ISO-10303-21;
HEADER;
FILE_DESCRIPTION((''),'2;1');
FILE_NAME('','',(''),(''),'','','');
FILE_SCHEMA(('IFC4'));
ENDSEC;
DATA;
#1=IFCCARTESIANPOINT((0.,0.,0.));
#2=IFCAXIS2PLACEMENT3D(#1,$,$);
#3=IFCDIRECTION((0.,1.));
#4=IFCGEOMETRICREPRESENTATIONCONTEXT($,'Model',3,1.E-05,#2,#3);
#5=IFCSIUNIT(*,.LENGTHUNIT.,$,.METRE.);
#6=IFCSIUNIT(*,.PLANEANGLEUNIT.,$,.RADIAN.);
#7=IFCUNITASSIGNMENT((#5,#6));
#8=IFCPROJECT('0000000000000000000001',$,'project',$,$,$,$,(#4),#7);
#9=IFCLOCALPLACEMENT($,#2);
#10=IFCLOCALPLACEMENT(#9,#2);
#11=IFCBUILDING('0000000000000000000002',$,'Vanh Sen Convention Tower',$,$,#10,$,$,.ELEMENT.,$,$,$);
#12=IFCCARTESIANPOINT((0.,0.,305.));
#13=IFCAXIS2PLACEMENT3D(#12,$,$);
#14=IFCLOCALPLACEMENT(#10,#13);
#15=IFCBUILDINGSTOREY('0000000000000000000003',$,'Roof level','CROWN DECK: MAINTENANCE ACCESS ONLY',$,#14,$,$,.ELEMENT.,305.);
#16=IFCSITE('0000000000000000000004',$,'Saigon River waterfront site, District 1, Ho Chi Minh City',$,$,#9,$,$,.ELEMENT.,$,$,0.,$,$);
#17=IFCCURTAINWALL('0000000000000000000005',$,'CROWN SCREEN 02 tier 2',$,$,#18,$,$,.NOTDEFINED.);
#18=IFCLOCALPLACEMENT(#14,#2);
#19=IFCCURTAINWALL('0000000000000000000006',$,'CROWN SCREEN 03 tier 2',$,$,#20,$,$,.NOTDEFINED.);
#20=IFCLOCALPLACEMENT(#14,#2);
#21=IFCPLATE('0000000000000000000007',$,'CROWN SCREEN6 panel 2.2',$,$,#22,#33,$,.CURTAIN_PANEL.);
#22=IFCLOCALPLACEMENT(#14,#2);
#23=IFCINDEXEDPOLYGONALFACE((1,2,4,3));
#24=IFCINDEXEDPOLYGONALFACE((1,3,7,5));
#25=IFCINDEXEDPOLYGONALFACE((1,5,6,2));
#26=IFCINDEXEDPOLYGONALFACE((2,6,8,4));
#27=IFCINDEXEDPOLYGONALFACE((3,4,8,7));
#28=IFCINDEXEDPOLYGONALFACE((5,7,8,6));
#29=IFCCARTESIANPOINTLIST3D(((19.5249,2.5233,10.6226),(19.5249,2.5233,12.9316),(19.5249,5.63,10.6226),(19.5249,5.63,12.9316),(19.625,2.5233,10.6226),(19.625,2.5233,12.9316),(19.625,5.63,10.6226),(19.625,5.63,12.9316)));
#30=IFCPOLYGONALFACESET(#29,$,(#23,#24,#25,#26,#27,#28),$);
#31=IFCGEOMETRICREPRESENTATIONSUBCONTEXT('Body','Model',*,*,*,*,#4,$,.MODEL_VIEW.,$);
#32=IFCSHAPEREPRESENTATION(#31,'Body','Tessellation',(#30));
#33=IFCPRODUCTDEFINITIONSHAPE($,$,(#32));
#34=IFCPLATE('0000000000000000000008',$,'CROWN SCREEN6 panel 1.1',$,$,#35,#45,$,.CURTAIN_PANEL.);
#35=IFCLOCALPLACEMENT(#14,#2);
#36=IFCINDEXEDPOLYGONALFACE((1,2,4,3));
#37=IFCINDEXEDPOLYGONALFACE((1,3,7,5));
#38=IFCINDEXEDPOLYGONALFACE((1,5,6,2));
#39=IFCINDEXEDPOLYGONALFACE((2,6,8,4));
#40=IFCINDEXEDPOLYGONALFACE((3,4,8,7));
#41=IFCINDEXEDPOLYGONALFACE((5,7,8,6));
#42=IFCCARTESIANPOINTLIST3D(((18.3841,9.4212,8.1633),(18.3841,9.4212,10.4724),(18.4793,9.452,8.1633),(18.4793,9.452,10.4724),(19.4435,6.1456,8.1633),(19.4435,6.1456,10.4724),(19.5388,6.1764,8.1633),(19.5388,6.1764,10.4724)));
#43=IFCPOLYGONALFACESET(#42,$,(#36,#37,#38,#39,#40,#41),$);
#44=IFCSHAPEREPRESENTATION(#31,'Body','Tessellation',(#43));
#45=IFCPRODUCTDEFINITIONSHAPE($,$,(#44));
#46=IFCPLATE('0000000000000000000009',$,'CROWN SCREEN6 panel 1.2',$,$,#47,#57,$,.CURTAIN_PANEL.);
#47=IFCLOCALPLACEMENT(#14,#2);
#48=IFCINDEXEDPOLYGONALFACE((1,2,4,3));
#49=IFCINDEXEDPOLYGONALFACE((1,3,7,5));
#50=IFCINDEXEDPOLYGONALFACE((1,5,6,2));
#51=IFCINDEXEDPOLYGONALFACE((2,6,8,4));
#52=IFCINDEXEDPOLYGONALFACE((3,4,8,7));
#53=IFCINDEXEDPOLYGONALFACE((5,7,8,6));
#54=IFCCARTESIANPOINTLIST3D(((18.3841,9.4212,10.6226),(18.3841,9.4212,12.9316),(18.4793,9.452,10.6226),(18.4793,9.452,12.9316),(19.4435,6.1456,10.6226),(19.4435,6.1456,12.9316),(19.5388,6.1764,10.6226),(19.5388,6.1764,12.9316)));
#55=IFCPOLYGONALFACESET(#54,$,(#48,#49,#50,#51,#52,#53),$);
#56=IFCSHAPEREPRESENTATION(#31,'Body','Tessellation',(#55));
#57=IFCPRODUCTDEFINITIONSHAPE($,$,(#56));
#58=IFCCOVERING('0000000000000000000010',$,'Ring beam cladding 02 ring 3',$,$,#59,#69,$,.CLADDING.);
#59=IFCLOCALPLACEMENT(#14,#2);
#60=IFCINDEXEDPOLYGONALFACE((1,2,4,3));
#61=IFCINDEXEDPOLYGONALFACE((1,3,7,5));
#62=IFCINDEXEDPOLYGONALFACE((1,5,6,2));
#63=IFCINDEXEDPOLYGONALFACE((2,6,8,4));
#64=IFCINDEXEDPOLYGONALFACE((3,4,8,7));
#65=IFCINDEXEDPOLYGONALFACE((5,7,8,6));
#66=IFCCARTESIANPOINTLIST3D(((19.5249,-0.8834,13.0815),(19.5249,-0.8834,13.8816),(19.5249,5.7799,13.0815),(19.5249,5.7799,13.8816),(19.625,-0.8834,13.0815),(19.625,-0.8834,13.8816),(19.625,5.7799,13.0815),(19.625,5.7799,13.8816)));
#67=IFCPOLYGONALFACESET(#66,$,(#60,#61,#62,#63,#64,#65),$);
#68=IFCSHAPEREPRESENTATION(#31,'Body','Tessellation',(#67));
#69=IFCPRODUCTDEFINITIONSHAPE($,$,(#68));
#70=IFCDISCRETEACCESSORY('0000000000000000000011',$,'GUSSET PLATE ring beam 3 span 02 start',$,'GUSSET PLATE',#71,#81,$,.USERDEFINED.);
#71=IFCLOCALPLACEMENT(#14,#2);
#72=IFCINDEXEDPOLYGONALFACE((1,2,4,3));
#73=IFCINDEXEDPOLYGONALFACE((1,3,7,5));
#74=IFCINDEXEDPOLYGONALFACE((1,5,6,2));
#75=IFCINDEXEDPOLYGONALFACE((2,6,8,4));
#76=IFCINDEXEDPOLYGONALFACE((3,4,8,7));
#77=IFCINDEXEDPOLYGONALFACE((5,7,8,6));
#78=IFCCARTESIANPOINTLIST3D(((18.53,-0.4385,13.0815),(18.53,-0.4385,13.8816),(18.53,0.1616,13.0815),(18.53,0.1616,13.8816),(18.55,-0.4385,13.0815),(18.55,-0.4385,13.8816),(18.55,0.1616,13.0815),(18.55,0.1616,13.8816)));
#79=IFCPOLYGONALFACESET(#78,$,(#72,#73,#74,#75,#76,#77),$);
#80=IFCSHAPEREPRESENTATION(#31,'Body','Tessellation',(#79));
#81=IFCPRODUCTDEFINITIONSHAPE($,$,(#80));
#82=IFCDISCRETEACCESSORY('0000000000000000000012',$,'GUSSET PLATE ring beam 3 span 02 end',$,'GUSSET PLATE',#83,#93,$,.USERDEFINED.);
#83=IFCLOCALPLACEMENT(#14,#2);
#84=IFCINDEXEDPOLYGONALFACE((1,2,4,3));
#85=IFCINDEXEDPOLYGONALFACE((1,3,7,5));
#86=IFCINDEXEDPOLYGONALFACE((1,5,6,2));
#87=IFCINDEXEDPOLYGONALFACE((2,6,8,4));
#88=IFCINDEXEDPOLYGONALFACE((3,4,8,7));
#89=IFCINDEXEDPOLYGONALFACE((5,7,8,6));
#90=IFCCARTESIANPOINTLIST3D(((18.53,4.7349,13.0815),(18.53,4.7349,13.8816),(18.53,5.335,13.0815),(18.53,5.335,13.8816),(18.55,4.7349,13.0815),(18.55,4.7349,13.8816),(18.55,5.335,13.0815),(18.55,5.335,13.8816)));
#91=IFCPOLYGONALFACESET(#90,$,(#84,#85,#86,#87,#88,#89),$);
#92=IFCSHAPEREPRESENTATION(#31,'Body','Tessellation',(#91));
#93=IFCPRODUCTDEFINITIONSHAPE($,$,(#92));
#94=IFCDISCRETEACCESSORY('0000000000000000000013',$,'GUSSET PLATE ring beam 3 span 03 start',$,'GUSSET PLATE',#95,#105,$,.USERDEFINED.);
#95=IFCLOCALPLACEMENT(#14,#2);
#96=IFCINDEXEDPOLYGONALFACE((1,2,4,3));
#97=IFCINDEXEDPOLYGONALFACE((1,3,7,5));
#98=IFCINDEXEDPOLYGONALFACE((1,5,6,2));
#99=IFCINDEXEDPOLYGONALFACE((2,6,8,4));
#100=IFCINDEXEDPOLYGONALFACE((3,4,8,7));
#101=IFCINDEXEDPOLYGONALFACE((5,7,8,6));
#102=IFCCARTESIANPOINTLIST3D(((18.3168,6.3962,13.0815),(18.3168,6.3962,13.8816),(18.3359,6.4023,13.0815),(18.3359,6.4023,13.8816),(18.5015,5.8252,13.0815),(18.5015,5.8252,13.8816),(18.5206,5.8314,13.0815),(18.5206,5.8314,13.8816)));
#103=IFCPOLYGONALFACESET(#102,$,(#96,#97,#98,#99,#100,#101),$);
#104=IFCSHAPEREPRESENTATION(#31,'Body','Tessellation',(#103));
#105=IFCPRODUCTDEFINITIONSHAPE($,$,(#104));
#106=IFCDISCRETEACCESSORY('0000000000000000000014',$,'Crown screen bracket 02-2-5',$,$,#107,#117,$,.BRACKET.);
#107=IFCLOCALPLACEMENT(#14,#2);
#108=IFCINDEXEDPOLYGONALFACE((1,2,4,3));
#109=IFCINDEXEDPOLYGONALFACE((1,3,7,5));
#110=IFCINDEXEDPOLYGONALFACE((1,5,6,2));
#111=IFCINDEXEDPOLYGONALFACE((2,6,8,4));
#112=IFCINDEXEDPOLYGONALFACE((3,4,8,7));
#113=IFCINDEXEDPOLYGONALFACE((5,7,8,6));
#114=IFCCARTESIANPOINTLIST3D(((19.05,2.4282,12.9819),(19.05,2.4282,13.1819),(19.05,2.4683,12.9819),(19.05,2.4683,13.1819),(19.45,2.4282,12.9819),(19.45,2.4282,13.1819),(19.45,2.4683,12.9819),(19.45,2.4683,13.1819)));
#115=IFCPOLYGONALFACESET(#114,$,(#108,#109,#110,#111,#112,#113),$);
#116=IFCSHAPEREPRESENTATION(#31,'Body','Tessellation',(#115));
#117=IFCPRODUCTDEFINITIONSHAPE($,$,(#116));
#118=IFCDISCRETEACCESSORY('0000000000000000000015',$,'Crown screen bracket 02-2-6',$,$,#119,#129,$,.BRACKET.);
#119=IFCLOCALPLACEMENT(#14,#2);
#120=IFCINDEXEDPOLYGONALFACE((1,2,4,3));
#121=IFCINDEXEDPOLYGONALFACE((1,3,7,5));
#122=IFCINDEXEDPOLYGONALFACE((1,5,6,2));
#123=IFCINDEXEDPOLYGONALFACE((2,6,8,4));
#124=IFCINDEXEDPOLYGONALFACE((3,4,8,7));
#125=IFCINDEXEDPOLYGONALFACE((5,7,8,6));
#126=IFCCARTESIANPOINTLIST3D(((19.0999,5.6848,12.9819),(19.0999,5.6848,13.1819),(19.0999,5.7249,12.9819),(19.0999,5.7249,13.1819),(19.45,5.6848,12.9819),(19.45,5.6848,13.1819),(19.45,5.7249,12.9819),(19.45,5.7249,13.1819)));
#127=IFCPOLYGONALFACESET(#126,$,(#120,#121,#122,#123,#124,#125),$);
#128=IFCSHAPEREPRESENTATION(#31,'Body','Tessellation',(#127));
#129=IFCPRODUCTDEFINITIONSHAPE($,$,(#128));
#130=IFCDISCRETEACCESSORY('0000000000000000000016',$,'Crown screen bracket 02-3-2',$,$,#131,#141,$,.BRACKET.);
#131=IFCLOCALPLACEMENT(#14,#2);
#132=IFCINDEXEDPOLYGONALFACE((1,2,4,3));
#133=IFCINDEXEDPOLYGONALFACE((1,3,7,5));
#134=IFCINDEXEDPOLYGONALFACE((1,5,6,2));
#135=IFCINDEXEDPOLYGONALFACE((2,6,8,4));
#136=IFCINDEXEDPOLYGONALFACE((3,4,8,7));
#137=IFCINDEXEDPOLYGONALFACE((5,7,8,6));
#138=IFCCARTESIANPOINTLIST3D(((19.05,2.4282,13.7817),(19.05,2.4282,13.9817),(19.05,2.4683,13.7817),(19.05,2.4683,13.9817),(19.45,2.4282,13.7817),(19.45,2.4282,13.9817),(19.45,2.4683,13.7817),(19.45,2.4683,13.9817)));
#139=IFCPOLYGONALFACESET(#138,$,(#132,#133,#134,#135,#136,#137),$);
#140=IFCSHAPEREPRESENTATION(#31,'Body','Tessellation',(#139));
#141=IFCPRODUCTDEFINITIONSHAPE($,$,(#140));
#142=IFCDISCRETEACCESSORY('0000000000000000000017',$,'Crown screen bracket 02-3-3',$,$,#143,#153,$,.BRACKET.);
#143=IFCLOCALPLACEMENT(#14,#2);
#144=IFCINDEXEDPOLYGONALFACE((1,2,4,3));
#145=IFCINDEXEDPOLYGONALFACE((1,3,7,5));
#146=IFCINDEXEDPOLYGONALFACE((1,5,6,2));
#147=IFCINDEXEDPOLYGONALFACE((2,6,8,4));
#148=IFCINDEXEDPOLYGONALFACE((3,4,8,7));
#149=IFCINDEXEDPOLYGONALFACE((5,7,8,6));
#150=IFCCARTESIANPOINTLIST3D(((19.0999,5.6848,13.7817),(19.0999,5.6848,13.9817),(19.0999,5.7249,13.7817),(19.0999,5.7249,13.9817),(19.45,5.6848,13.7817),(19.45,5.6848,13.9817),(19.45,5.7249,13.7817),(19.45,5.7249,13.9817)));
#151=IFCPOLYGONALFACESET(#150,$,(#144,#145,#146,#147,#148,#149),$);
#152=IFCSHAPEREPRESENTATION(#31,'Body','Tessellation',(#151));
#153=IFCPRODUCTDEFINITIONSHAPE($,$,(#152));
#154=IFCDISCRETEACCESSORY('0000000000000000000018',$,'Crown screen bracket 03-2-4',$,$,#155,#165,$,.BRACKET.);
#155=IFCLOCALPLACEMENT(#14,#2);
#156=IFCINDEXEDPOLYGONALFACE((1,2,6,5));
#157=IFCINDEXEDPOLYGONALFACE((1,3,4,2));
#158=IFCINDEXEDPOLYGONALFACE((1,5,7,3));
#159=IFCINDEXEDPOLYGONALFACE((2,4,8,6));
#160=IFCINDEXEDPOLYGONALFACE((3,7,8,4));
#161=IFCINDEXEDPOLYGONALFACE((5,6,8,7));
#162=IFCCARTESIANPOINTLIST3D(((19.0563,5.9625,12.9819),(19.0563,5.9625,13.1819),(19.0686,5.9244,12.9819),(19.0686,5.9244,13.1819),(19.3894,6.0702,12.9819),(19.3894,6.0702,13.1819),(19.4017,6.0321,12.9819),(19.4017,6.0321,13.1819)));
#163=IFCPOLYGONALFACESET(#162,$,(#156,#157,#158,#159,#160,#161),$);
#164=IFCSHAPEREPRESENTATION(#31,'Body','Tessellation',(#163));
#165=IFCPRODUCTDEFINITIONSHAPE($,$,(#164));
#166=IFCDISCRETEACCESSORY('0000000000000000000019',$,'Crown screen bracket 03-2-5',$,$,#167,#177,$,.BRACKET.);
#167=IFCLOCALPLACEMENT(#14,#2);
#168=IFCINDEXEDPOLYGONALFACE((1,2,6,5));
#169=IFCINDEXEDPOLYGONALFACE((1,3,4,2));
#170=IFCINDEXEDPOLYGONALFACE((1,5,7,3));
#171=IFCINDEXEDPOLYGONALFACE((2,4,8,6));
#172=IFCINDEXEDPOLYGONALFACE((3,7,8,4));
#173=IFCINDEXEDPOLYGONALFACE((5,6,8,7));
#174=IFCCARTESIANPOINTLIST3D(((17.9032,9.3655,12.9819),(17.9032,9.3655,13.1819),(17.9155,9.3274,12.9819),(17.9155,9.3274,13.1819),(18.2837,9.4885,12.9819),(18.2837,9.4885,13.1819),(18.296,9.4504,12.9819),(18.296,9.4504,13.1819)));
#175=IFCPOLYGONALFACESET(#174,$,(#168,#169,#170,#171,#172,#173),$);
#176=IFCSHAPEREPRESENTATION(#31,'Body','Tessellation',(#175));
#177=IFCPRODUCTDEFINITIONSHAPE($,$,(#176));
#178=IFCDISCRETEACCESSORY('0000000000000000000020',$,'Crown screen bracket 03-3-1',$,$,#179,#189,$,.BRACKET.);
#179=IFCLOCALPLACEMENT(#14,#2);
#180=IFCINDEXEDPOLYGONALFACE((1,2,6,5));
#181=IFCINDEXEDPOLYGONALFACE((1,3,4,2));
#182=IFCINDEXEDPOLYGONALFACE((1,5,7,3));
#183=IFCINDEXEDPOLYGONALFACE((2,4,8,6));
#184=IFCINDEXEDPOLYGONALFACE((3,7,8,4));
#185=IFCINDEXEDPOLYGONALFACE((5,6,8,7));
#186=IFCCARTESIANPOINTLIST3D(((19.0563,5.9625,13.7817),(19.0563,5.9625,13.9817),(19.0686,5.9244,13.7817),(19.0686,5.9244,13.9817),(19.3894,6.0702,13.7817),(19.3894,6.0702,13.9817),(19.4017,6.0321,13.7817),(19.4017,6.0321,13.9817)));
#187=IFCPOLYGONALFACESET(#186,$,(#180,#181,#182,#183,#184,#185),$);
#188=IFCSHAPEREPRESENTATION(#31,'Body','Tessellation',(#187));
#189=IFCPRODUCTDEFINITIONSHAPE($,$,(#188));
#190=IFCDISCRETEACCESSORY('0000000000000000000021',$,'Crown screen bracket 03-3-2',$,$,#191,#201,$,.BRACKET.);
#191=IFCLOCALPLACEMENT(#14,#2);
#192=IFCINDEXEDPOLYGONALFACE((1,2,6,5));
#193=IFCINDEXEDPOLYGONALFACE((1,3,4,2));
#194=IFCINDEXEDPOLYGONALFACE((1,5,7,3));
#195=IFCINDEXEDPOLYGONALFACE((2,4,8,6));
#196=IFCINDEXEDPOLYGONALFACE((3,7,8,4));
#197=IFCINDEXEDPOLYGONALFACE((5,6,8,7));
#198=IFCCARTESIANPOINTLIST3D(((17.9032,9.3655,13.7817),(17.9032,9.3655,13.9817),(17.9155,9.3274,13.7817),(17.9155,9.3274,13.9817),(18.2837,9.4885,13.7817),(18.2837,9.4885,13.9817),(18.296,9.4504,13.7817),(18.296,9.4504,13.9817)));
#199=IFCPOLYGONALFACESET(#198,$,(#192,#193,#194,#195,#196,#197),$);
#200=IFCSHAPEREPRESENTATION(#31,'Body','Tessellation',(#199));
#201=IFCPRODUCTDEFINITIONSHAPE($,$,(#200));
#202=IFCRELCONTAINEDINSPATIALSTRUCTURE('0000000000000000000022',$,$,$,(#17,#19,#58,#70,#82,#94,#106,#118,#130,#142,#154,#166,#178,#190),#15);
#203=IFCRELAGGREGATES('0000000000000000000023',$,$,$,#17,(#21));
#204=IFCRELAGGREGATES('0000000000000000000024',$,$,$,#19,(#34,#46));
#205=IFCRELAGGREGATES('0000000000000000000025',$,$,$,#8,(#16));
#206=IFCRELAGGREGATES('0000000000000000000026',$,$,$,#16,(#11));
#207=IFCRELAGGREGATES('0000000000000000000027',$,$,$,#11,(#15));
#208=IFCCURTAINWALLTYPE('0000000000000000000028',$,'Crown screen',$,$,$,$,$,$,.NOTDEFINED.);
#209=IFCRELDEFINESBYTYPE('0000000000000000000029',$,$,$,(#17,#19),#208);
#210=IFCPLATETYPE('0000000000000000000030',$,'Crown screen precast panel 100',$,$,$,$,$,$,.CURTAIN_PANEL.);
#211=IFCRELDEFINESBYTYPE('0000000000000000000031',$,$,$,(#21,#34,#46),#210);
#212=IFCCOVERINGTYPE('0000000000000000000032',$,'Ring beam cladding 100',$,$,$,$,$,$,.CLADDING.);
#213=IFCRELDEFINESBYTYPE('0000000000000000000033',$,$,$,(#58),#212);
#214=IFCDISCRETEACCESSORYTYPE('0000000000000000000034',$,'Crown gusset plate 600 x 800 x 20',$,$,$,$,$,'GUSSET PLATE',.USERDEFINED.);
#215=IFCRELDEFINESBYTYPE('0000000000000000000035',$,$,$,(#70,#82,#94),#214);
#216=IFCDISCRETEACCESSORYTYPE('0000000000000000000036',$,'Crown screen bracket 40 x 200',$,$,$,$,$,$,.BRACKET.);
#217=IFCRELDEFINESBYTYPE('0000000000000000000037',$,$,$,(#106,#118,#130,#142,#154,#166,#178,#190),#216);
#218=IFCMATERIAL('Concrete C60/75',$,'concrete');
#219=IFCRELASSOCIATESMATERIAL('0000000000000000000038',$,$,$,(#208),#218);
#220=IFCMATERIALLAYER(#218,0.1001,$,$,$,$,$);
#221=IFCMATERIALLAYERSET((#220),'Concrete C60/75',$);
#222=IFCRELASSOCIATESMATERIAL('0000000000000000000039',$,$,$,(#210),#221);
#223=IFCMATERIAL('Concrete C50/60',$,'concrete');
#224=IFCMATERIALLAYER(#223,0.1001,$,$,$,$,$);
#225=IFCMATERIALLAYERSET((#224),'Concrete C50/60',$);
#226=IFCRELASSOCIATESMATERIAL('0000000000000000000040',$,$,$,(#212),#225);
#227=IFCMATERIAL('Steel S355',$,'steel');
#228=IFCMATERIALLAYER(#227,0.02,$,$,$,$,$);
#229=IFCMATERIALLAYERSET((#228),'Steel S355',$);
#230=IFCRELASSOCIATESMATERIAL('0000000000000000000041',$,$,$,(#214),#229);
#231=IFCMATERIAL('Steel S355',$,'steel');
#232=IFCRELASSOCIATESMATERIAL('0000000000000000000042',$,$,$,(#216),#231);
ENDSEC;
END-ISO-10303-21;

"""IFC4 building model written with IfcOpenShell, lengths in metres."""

from ifc_helpers import new_model, si_unit, direction, frame, origin, origin_2d, place, context, subcontext, project, spatial, rectangle, extrude, material, layer, layer_set, type_object, element, aggregate, save


model = new_model("IFC4")

# Units and contexts
model_context = context("Model", 3, precision=1e-05, world=origin(), true_north=direction((0.0, 1.0)))
body_context = subcontext(model_context, "Body", "Model", "MODEL_VIEW")
ifc_project = project(units=[si_unit("LENGTHUNIT", "METRE"), si_unit("PLANEANGLEUNIT", "RADIAN")], contexts=[model_context])

# Site, building, storey
site_placement = place(None, origin())
site = spatial("IfcSite", under=ifc_project, at=site_placement, Name="Saigon River waterfront site, District 1, Ho Chi Minh City", CompositionType="ELEMENT", RefElevation=0.0)
building_placement = place(site_placement, origin())
building = spatial("IfcBuilding", under=site, at=building_placement, Name="Vanh Sen Convention Tower", CompositionType="ELEMENT")
storey_placement = place(building_placement, frame((0.0, 0.0, 305.0)))
storey = spatial("IfcBuildingStorey", under=building, at=storey_placement, Name="Roof level", Description="CROWN DECK: MAINTENANCE ACCESS ONLY", CompositionType="ELEMENT", Elevation=305.0)

# Curtain walls
ifc_material_1 = material(Name="Concrete C60/75", Category="concrete")
curtain_wall_type = type_object("IfcCurtainWallType", Name="Crown screen", PredefinedType="NOTDEFINED", material=ifc_material_1)
curtain_wall_1_placement = place(storey_placement, origin())
curtain_wall_1 = element("IfcCurtainWall", 1, at=curtain_wall_1_placement, inside=storey, type_object=curtain_wall_type, Name="CROWN SCREEN 02 tier 2", PredefinedType="NOTDEFINED")
curtain_wall_2_placement = place(storey_placement, origin())
curtain_wall_2 = element("IfcCurtainWall", 2, at=curtain_wall_2_placement, inside=storey, type_object=curtain_wall_type, Name="CROWN SCREEN 03 tier 2", PredefinedType="NOTDEFINED")

# Plates
ifc_layer_1 = layer(ifc_material_1, 0.1001)
ifc_layer_set_1 = layer_set([ifc_layer_1], Name="Concrete C60/75")
plate_type = type_object("IfcPlateType", Name="Crown screen precast panel 100", PredefinedType="CURTAIN_PANEL", material=ifc_layer_set_1)
plate_1_placement = place(storey_placement, frame((19.575, 4.0767, 10.6226), z_axis=(0.0, 0.0, 1.0), x_axis=(0.0, 1.0, 0.0)))
plate_1 = element("IfcPlate", 3, at=plate_1_placement, type_object=plate_type, Name="CROWN SCREEN6 panel 2.2", PredefinedType="CURTAIN_PANEL", context=body_context, shape_type="SweptSolid", body=[
    extrude(rectangle(XDim=3.1067, YDim=0.1001, at=origin_2d()), origin(), (0.0, 0.0, 1.0), 2.3091),
])
aggregate(curtain_wall_1, [plate_1])
plate_2_placement = place(storey_placement, frame((18.9614, 7.7988, 8.1633), z_axis=(0.0, 0.0, 1.0), x_axis=(-0.307733, 0.951473, 0.0)))
plate_2 = element("IfcPlate", 4, at=plate_2_placement, type_object=plate_type, Name="CROWN SCREEN6 panel 1.1", PredefinedType="CURTAIN_PANEL", context=body_context, shape_type="SweptSolid", body=[
    extrude(rectangle(XDim=3.4426, YDim=0.1001, at=origin_2d()), origin(), (0.0, 0.0, 1.0), 2.3091),
])
plate_3_placement = place(storey_placement, frame((18.9614, 7.7988, 10.6226), z_axis=(0.0, 0.0, 1.0), x_axis=(-0.307733, 0.951473, 0.0)))
plate_3 = element("IfcPlate", 5, at=plate_3_placement, type_object=plate_type, Name="CROWN SCREEN6 panel 1.2", PredefinedType="CURTAIN_PANEL", context=body_context, shape_type="SweptSolid", body=[
    extrude(rectangle(XDim=3.4426, YDim=0.1001, at=origin_2d()), origin(), (0.0, 0.0, 1.0), 2.3091),
])
aggregate(curtain_wall_2, [plate_2, plate_3])

# Covering
ifc_material_2 = material(Name="Concrete C50/60", Category="concrete")
ifc_layer_2 = layer(ifc_material_2, 0.1001)
ifc_layer_set_2 = layer_set([ifc_layer_2], Name="Concrete C50/60")
covering_type = type_object("IfcCoveringType", Name="Ring beam cladding 100", PredefinedType="CLADDING", material=ifc_layer_set_2)
covering_placement = place(storey_placement, frame((19.575, 2.4482, 13.0815), z_axis=(0.0, 0.0, 1.0), x_axis=(0.0, 1.0, 0.0)))
element("IfcCovering", 6, at=covering_placement, inside=storey, type_object=covering_type, Name="Ring beam cladding 02 ring 3", PredefinedType="CLADDING", context=body_context, shape_type="SweptSolid", body=[
    extrude(rectangle(XDim=6.6633, YDim=0.1001, at=origin_2d()), origin(), (0.0, 0.0, 1.0), 0.8),
])

# Discrete accessories
ifc_material_3 = material(Name="Steel S355", Category="steel")
ifc_layer_3 = layer(ifc_material_3, 0.02)
ifc_layer_set_3 = layer_set([ifc_layer_3], Name="Steel S355")
discrete_accessory_type_1 = type_object("IfcDiscreteAccessoryType", Name="Crown gusset plate 600 x 800 x 20", ElementType="GUSSET PLATE", PredefinedType="USERDEFINED", material=ifc_layer_set_3)
for number, where, z_axis, x_axis, name in (
    (7, (18.54, -0.1384, 13.0815), (0.0, 0.0, 1.0), (0.0, 1.0, 0.0), "GUSSET PLATE ring beam 3 span 02 start"),
    (8, (18.54, 5.0349, 13.0815), (0.0, 0.0, 1.0), (0.0, -1.0, 0.0), "GUSSET PLATE ring beam 3 span 02 end"),
    (9, (18.4187, 6.1138, 13.0815), (0.0, 0.0, 1.0), (-0.307734, 0.951473, 0.0), "GUSSET PLATE ring beam 3 span 03 start"),
):
    element("IfcDiscreteAccessory", number, at=place(storey_placement, frame(where, z_axis=z_axis, x_axis=x_axis)), inside=storey, type_object=discrete_accessory_type_1, Name=name, ObjectType="GUSSET PLATE", PredefinedType="USERDEFINED", context=body_context, shape_type="SweptSolid", body=[
        extrude(rectangle(XDim=0.6001, YDim=0.02, at=origin_2d()), origin(), (0.0, 0.0, 1.0), 0.8),
    ])
ifc_material_4 = material(Name="Steel S355", Category="steel")
discrete_accessory_type_2 = type_object("IfcDiscreteAccessoryType", Name="Crown screen bracket 40 x 200", PredefinedType="BRACKET", material=ifc_material_4)
discrete_accessory_1_placement = place(storey_placement, frame((19.25, 2.4482, 12.9819), z_axis=(0.0, 0.0, 1.0), x_axis=(1.0, 0.0, 0.0)))
element("IfcDiscreteAccessory", 10, at=discrete_accessory_1_placement, inside=storey, type_object=discrete_accessory_type_2, Name="Crown screen bracket 02-2-5", PredefinedType="BRACKET", context=body_context, shape_type="SweptSolid", body=[
    extrude(rectangle(XDim=0.3999, YDim=0.04, at=origin_2d()), origin(), (0.0, 0.0, 1.0), 0.2),
])
discrete_accessory_2_placement = place(storey_placement, frame((19.2749, 5.7048, 12.9819), z_axis=(0.0, 0.0, 1.0), x_axis=(1.0, 0.0, 0.0)))
element("IfcDiscreteAccessory", 11, at=discrete_accessory_2_placement, inside=storey, type_object=discrete_accessory_type_2, Name="Crown screen bracket 02-2-6", PredefinedType="BRACKET", context=body_context, shape_type="SweptSolid", body=[
    extrude(rectangle(XDim=0.3501, YDim=0.04, at=origin_2d()), origin(), (0.0, 0.0, 1.0), 0.2),
])
discrete_accessory_3_placement = place(storey_placement, frame((19.25, 2.4482, 13.7817), z_axis=(0.0, 0.0, 1.0), x_axis=(1.0, 0.0, 0.0)))
element("IfcDiscreteAccessory", 12, at=discrete_accessory_3_placement, inside=storey, type_object=discrete_accessory_type_2, Name="Crown screen bracket 02-3-2", PredefinedType="BRACKET", context=body_context, shape_type="SweptSolid", body=[
    extrude(rectangle(XDim=0.3999, YDim=0.04, at=origin_2d()), origin(), (0.0, 0.0, 1.0), 0.2),
])
for number, where, z_axis, x_axis, name in (
    (13, (19.2749, 5.7048, 13.7817), (0.0, 0.0, 1.0), (1.0, 0.0, 0.0), "Crown screen bracket 02-3-3"),
    (14, (19.229, 5.9973, 12.9819), (0.0, 0.0, 1.0), (0.951473, 0.307734, 0.0), "Crown screen bracket 03-2-4"),
):
    element("IfcDiscreteAccessory", number, at=place(storey_placement, frame(where, z_axis=z_axis, x_axis=x_axis)), inside=storey, type_object=discrete_accessory_type_2, Name=name, PredefinedType="BRACKET", context=body_context, shape_type="SweptSolid", body=[
        extrude(rectangle(XDim=0.3501, YDim=0.04, at=origin_2d()), origin(), (0.0, 0.0, 1.0), 0.2),
    ])
discrete_accessory_4_placement = place(storey_placement, frame((18.0996, 9.408, 12.9819), z_axis=(0.0, 0.0, 1.0), x_axis=(0.951473, 0.307734, 0.0)))
element("IfcDiscreteAccessory", 15, at=discrete_accessory_4_placement, inside=storey, type_object=discrete_accessory_type_2, Name="Crown screen bracket 03-2-5", PredefinedType="BRACKET", context=body_context, shape_type="SweptSolid", body=[
    extrude(rectangle(XDim=0.3999, YDim=0.04, at=origin_2d()), origin(), (0.0, 0.0, 1.0), 0.2),
])
discrete_accessory_5_placement = place(storey_placement, frame((19.229, 5.9973, 13.7817), z_axis=(0.0, 0.0, 1.0), x_axis=(0.951473, 0.307734, 0.0)))
element("IfcDiscreteAccessory", 16, at=discrete_accessory_5_placement, inside=storey, type_object=discrete_accessory_type_2, Name="Crown screen bracket 03-3-1", PredefinedType="BRACKET", context=body_context, shape_type="SweptSolid", body=[
    extrude(rectangle(XDim=0.3501, YDim=0.04, at=origin_2d()), origin(), (0.0, 0.0, 1.0), 0.2),
])
discrete_accessory_6_placement = place(storey_placement, frame((18.0996, 9.408, 13.7817), z_axis=(0.0, 0.0, 1.0), x_axis=(0.951473, 0.307734, 0.0)))
element("IfcDiscreteAccessory", 17, at=discrete_accessory_6_placement, inside=storey, type_object=discrete_accessory_type_2, Name="Crown screen bracket 03-3-2", PredefinedType="BRACKET", context=body_context, shape_type="SweptSolid", body=[
    extrude(rectangle(XDim=0.3999, YDim=0.04, at=origin_2d()), origin(), (0.0, 0.0, 1.0), 0.2),
])

save(model, "model.ifc")
